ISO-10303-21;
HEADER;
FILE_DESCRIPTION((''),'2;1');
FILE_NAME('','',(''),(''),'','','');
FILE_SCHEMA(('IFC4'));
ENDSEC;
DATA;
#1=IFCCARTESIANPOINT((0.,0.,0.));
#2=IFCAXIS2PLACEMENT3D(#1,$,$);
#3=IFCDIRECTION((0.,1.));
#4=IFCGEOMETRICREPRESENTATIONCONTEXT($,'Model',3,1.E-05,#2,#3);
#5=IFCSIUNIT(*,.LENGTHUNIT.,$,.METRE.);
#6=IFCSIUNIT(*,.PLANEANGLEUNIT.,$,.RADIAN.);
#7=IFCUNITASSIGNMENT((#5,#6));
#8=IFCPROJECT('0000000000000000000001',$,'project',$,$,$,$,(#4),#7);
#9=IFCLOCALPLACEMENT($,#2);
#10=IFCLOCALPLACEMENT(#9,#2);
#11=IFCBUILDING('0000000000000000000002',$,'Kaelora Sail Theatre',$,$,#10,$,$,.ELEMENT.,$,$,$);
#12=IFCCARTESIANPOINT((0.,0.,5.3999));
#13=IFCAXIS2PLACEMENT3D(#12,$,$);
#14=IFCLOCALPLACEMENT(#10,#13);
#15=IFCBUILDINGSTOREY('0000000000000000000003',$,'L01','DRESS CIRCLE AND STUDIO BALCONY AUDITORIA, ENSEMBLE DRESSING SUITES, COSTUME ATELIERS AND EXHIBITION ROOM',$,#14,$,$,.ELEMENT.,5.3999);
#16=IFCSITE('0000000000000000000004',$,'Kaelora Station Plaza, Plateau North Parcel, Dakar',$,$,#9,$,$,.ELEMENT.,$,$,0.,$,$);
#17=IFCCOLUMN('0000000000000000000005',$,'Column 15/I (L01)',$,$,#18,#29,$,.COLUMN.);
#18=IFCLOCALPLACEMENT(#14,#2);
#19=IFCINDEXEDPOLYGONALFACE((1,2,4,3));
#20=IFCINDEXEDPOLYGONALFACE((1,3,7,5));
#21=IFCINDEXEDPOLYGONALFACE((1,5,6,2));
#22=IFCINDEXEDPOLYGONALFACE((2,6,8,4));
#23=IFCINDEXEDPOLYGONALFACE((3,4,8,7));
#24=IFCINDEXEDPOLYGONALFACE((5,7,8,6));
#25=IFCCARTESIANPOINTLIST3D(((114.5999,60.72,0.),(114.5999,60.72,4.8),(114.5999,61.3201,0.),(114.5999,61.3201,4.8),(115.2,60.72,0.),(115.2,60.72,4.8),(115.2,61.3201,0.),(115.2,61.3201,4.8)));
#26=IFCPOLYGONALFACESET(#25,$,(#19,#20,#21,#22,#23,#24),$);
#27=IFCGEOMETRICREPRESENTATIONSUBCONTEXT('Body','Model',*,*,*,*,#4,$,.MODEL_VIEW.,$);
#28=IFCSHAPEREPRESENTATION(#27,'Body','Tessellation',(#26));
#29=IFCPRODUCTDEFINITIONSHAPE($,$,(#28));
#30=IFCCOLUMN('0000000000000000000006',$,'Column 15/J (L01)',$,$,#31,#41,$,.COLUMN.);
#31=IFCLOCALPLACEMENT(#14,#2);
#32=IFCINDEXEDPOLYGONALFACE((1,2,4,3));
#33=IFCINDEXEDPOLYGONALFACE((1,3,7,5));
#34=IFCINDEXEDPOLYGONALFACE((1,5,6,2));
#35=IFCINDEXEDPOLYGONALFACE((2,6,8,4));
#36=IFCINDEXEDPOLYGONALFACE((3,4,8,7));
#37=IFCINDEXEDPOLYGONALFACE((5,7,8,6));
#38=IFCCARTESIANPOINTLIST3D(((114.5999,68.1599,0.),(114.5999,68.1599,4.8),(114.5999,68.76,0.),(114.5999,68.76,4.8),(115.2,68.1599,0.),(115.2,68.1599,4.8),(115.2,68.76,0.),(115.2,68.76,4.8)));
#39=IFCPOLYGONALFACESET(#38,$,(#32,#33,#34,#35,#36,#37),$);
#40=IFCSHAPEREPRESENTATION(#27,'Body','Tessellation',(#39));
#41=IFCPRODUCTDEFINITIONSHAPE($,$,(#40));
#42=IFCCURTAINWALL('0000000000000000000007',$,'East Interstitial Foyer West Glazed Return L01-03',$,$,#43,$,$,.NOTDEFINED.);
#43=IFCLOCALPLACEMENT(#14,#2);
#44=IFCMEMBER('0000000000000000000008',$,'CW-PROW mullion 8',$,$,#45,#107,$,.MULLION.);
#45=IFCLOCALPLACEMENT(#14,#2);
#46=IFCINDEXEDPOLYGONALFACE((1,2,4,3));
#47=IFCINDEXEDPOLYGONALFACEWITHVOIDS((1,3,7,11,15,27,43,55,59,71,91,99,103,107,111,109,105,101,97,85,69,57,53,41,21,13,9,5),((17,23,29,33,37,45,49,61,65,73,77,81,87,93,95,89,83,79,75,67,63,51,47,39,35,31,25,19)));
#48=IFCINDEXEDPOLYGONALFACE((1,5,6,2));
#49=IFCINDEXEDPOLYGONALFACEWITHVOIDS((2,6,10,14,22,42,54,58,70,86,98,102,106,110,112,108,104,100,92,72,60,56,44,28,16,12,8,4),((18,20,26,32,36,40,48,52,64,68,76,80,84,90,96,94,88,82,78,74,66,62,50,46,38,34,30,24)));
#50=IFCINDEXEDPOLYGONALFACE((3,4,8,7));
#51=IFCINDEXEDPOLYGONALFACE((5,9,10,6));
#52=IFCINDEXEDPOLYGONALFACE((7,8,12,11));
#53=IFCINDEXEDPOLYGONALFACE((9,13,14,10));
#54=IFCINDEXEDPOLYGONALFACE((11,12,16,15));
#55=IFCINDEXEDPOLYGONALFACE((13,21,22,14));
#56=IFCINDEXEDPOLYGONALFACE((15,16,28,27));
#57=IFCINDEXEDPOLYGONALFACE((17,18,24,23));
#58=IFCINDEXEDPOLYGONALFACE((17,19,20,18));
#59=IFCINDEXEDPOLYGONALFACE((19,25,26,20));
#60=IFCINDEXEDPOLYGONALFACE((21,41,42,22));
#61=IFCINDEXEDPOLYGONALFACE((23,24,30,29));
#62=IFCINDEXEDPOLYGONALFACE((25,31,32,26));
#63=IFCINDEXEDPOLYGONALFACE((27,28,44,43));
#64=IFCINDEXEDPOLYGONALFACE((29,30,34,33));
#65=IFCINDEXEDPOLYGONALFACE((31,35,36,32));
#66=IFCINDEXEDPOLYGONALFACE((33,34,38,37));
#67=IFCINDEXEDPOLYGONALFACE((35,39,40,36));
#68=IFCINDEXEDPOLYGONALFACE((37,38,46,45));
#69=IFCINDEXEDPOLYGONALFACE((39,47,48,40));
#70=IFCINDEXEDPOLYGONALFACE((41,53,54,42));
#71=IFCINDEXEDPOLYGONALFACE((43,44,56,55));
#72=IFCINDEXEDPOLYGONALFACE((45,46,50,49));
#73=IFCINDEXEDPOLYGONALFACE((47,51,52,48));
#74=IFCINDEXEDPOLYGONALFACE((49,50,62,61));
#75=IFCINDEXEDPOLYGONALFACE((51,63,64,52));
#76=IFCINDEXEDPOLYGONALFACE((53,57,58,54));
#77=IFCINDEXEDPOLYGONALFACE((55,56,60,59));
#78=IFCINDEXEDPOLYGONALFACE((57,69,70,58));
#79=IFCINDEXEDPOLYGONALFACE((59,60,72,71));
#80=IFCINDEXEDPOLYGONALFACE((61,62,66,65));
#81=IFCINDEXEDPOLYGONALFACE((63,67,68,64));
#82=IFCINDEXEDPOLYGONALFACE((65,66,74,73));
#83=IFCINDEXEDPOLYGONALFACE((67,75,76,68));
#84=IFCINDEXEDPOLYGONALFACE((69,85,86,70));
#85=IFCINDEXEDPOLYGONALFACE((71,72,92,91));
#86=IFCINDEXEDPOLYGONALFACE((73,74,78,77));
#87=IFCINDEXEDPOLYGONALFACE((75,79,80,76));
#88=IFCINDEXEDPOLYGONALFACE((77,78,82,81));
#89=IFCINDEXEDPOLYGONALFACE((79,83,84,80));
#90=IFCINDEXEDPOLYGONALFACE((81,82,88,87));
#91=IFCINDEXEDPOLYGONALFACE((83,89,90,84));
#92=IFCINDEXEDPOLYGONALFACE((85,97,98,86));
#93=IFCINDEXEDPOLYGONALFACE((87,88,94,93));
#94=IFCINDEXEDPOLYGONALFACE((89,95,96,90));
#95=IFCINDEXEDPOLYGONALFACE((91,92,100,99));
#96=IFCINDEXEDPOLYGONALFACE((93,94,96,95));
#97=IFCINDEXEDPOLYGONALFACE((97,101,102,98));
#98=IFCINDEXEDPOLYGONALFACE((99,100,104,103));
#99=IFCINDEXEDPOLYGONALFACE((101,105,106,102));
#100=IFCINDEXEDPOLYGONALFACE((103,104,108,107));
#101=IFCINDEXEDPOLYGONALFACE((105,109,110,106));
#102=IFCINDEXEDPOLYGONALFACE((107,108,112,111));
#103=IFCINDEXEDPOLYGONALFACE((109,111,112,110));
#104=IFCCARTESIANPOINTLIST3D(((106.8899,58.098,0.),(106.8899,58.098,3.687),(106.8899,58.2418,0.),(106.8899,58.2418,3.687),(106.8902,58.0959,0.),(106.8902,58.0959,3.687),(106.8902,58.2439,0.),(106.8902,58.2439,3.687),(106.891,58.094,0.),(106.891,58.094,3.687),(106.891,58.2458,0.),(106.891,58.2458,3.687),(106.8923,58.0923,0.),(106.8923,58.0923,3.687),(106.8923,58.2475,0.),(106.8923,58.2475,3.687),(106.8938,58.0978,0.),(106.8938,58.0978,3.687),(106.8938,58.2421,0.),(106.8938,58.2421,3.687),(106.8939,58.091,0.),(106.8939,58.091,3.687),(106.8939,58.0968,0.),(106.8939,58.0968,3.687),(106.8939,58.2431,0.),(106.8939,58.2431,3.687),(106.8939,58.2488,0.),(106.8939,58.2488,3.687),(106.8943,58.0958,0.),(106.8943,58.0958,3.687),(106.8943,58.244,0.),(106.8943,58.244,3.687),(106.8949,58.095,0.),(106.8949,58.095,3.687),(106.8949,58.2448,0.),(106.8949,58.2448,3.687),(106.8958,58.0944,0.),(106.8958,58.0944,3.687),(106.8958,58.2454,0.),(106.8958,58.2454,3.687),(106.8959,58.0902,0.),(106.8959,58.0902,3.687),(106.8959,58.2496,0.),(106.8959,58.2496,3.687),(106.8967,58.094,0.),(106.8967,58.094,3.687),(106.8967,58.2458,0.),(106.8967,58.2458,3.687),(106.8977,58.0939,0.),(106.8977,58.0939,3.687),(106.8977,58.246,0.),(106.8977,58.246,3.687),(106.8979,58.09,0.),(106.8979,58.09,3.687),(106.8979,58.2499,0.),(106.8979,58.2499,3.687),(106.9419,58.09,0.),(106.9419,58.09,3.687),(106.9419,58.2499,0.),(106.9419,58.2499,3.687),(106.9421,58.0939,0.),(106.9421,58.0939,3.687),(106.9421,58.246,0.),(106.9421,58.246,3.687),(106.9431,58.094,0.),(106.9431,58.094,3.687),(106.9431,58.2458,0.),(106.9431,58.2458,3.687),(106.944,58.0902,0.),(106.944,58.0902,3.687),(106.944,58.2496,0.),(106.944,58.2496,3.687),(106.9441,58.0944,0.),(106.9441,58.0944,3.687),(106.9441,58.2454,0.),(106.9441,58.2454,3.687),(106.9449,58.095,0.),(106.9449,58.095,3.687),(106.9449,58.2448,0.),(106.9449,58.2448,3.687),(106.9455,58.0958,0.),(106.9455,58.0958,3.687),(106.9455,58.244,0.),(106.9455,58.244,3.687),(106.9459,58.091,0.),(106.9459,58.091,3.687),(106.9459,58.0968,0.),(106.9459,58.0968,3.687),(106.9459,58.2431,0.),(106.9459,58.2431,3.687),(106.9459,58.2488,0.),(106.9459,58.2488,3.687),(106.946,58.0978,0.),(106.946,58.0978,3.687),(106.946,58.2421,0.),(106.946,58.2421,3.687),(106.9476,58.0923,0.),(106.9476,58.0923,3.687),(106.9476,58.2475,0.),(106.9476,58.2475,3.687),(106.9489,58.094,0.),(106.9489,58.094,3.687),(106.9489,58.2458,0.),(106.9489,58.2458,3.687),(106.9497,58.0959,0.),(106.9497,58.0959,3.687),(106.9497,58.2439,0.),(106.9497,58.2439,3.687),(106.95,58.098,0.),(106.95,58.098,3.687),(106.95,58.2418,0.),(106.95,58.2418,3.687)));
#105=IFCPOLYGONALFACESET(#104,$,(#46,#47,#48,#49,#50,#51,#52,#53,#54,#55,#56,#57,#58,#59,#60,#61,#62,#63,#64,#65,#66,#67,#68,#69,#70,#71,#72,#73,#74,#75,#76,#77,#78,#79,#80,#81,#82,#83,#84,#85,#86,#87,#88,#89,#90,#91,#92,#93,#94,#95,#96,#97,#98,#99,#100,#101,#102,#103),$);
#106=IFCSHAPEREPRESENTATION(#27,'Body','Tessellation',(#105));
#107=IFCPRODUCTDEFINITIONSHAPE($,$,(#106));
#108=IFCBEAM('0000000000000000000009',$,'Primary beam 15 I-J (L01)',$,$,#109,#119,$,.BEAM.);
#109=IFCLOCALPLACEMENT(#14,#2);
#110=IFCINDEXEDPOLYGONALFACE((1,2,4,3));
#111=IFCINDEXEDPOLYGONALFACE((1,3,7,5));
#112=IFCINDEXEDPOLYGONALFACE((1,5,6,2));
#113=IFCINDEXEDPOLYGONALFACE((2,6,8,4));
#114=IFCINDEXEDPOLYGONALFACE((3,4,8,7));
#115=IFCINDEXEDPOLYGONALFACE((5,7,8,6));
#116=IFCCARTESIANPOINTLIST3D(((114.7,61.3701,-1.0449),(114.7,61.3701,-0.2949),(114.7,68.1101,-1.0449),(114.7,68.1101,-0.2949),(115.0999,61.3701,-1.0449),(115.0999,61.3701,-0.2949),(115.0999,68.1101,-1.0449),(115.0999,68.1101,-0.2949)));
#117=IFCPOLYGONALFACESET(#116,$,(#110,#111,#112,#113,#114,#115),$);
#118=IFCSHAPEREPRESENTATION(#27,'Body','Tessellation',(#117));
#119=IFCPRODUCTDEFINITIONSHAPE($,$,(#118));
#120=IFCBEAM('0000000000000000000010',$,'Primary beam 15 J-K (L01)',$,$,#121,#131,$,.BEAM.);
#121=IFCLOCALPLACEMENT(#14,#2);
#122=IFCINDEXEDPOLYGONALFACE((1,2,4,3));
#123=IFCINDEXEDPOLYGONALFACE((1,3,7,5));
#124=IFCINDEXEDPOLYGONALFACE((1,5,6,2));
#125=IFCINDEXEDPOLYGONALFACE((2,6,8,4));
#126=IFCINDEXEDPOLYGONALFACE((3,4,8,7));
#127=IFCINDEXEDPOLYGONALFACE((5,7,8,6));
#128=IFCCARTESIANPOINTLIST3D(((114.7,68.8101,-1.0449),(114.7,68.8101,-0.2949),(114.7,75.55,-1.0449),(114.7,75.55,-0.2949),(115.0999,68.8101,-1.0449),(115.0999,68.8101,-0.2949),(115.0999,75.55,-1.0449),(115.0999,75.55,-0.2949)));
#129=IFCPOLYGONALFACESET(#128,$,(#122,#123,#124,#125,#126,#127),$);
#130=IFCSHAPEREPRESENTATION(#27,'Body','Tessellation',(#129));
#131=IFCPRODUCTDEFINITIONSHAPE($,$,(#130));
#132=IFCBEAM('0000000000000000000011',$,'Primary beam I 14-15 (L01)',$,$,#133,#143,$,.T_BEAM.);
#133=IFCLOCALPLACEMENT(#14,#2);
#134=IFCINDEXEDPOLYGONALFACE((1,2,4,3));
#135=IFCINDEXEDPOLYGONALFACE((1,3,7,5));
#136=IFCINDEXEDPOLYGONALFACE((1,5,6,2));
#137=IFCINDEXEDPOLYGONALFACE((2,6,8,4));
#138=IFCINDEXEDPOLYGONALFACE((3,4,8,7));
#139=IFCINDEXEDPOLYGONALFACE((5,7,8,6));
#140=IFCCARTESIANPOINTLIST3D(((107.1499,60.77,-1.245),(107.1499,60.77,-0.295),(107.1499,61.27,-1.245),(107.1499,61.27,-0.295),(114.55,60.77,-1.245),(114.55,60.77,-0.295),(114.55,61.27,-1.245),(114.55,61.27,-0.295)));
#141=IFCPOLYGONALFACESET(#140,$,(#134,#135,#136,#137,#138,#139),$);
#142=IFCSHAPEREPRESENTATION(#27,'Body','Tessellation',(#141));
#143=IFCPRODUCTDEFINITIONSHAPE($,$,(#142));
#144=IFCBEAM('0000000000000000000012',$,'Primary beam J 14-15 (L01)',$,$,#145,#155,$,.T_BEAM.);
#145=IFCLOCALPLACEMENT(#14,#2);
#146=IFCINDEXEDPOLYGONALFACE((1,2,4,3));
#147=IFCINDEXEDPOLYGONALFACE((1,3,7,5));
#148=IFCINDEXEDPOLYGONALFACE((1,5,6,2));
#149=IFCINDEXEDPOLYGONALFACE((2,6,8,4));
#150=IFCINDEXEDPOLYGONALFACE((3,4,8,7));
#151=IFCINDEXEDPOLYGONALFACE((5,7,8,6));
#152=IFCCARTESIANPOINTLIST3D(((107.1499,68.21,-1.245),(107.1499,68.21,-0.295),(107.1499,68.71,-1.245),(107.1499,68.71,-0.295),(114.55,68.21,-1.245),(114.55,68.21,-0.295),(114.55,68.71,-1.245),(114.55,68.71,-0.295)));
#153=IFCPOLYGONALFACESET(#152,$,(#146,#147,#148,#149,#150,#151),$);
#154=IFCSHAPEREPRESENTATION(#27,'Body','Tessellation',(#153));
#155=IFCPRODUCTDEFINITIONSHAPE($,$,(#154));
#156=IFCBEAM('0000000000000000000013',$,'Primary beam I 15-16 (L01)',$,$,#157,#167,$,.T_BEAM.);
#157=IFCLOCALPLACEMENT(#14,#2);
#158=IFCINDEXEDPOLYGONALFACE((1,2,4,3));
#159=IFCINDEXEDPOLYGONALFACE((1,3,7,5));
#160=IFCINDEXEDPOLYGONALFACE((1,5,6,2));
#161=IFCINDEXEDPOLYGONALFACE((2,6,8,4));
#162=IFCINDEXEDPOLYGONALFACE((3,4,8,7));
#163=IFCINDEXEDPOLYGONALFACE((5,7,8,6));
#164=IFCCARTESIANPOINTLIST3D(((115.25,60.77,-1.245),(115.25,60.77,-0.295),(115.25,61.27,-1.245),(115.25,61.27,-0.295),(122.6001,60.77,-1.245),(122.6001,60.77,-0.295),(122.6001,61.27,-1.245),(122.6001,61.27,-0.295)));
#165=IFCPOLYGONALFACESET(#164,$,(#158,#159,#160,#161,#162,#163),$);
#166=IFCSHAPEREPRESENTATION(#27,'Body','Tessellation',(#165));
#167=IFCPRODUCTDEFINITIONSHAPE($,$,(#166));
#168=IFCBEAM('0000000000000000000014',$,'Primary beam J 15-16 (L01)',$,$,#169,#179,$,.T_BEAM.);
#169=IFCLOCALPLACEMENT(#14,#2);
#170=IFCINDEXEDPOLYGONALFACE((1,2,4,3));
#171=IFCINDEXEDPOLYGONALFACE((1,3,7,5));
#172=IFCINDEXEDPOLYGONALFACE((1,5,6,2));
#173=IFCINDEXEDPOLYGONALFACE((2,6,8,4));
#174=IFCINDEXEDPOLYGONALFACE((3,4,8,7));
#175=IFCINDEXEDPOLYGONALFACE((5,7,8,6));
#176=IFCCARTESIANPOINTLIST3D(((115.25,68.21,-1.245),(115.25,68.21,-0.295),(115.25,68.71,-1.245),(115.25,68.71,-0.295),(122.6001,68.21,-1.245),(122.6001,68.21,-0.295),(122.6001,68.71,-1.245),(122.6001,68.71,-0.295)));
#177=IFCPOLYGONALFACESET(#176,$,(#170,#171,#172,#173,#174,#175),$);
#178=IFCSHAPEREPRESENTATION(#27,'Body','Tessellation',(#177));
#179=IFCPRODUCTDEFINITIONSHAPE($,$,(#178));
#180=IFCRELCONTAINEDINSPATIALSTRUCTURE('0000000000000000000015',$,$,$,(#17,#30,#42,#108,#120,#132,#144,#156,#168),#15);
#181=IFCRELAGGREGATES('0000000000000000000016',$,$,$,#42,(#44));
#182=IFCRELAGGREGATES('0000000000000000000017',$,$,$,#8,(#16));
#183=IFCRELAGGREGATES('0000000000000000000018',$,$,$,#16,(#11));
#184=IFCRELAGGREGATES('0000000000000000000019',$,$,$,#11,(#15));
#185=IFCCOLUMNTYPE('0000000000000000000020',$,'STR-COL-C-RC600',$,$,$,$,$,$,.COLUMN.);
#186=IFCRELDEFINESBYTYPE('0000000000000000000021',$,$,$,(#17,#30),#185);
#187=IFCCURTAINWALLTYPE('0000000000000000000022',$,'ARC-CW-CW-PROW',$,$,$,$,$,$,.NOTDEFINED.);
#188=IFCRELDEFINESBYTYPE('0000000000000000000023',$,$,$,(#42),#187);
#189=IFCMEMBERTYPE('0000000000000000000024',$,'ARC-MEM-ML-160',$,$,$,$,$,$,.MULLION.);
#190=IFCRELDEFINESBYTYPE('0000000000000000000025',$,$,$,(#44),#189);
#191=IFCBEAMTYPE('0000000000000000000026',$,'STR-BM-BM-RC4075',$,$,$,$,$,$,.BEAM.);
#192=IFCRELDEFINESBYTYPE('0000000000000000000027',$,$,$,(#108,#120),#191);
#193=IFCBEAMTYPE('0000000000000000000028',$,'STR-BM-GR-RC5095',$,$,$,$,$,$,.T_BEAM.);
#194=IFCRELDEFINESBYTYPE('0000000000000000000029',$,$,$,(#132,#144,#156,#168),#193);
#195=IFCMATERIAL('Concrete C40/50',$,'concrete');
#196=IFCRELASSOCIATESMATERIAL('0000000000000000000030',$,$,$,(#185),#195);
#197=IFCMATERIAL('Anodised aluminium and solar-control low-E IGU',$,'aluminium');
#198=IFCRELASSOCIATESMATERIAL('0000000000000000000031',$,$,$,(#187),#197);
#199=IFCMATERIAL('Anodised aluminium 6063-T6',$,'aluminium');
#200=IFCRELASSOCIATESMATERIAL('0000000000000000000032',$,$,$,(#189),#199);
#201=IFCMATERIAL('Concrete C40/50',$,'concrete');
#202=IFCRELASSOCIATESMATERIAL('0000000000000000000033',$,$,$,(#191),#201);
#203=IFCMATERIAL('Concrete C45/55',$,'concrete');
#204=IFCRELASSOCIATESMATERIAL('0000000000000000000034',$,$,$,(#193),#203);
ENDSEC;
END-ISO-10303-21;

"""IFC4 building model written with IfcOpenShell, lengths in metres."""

from ifc_helpers import new_model, si_unit, direction, frame, origin, origin_2d, place, context, subcontext, project, spatial, rectangle, hollow_rectangle, extrude, material, material_profile, profile_set, type_object, element, aggregate, save


model = new_model("IFC4")

# Units and contexts
model_context = context("Model", 3, precision=1e-05, world=origin(), true_north=direction((0.0, 1.0)))
body_context = subcontext(model_context, "Body", "Model", "MODEL_VIEW")
ifc_project = project(units=[si_unit("LENGTHUNIT", "METRE"), si_unit("PLANEANGLEUNIT", "RADIAN")], contexts=[model_context])

# Site, building, storey
site_placement = place(None, origin())
site = spatial("IfcSite", under=ifc_project, at=site_placement, Name="Kaelora Station Plaza, Plateau North Parcel, Dakar", CompositionType="ELEMENT", RefElevation=0.0)
building_placement = place(site_placement, origin())
building = spatial("IfcBuilding", under=site, at=building_placement, Name="Kaelora Sail Theatre", CompositionType="ELEMENT")
storey_placement = place(building_placement, frame((0.0, 0.0, 5.3999)))
storey = spatial("IfcBuildingStorey", under=building, at=storey_placement, Name="L01", Description="DRESS CIRCLE AND STUDIO BALCONY AUDITORIA, ENSEMBLE DRESSING SUITES, COSTUME ATELIERS AND EXHIBITION ROOM", CompositionType="ELEMENT", Elevation=5.3999)

# Columns
ifc_material_1 = material(Name="Concrete C40/50", Category="concrete")
ifc_material_profile_1 = material_profile(ifc_material_1, rectangle(XDim=0.6001, YDim=0.6001, at=origin_2d()), Name="RC-COL 600x600")
ifc_profile_set_1 = profile_set([ifc_material_profile_1], Name="Concrete C40/50")
column_type = type_object("IfcColumnType", Name="STR-COL-C-RC600", PredefinedType="COLUMN", material=ifc_profile_set_1)
for number, where, z_axis, x_axis, name in (
    (1, (114.8999, 61.02, 0.0), (0.0, 0.0, 1.0), (1.0, 0.0, 0.0), "Column 15/I (L01)"),
    (2, (114.8999, 68.46, 0.0), (0.0, 0.0, 1.0), (1.0, 0.0, 0.0), "Column 15/J (L01)"),
):
    element("IfcColumn", number, at=place(storey_placement, frame(where, z_axis=z_axis, x_axis=x_axis)), inside=storey, type_object=column_type, Name=name, PredefinedType="COLUMN", context=body_context, shape_type="SweptSolid", body=[
        extrude(rectangle(XDim=0.6001, YDim=0.6001, at=origin_2d()), origin(), (0.0, 0.0, 1.0), 4.8),
    ])

# Curtain wall, member
ifc_material_2 = material(Name="Anodised aluminium and solar-control low-E IGU", Category="aluminium")
curtain_wall_type = type_object("IfcCurtainWallType", Name="ARC-CW-CW-PROW", PredefinedType="NOTDEFINED", material=ifc_material_2)
curtain_wall_placement = place(storey_placement, origin())
curtain_wall = element("IfcCurtainWall", 3, at=curtain_wall_placement, inside=storey, type_object=curtain_wall_type, Name="East Interstitial Foyer West Glazed Return L01-03", PredefinedType="NOTDEFINED")
ifc_material_3 = material(Name="Anodised aluminium 6063-T6", Category="aluminium")
ifc_material_profile_2 = material_profile(ifc_material_3, hollow_rectangle(XDim=0.0601, YDim=0.1599, WallThickness=0.0039, InnerFilletRadius=0.0039, OuterFilletRadius=0.0081, at=origin_2d()), Name="ALU-MULL 60x160x4")
ifc_profile_set_2 = profile_set([ifc_material_profile_2], Name="Anodised aluminium 6063-T6")
member_type = type_object("IfcMemberType", Name="ARC-MEM-ML-160", PredefinedType="MULLION", material=ifc_profile_set_2)
member_placement = place(storey_placement, frame((106.9199, 58.1699, 0.0), z_axis=(0.0, 0.0, 1.0), x_axis=(-1.0, 0.0, 0.0)))
member = element("IfcMember", 4, at=member_placement, type_object=member_type, Name="CW-PROW mullion 8", PredefinedType="MULLION", context=body_context, shape_type="SweptSolid", body=[
    extrude(hollow_rectangle(XDim=0.0601, YDim=0.1599, WallThickness=0.0039, InnerFilletRadius=0.0039, OuterFilletRadius=0.0081, at=origin_2d()), origin(), (0.0, 0.0, 1.0), 3.687),
])

# Beams
ifc_material_4 = material(Name="Concrete C40/50", Category="concrete")
ifc_material_profile_3 = material_profile(ifc_material_4, rectangle(XDim=0.3999, YDim=0.75, at=origin_2d()), Name="RC-BM 400x750")
ifc_profile_set_3 = profile_set([ifc_material_profile_3], Name="Concrete C40/50")
beam_type_1 = type_object("IfcBeamType", Name="STR-BM-BM-RC4075", PredefinedType="BEAM", material=ifc_profile_set_3)
for number, where, z_axis, x_axis, name in (
    (5, (114.8999, 61.3701, -0.6699), (0.0, 1.0, 0.0), (-1.0, 0.0, 0.0), "Primary beam 15 I-J (L01)"),
    (6, (114.8999, 68.8101, -0.6699), (0.0, 1.0, 0.0), (-1.0, 0.0, 0.0), "Primary beam 15 J-K (L01)"),
):
    element("IfcBeam", number, at=place(storey_placement, frame(where, z_axis=z_axis, x_axis=x_axis)), inside=storey, type_object=beam_type_1, Name=name, PredefinedType="BEAM", context=body_context, shape_type="SweptSolid", body=[
        extrude(rectangle(XDim=0.3999, YDim=0.75, at=origin_2d()), origin(), (0.0, 0.0, 1.0), 6.74),
    ])
ifc_material_5 = material(Name="Concrete C45/55", Category="concrete")
ifc_material_profile_4 = material_profile(ifc_material_5, rectangle(XDim=0.5, YDim=0.95, at=origin_2d()), Name="RC-GRD 500x950")
ifc_profile_set_4 = profile_set([ifc_material_profile_4], Name="Concrete C45/55")
beam_type_2 = type_object("IfcBeamType", Name="STR-BM-GR-RC5095", PredefinedType="T_BEAM", material=ifc_profile_set_4)
for number, where, z_axis, x_axis, name in (
    (7, (107.1499, 61.02, -0.77), (1.0, 0.0, 0.0), (0.0, 1.0, 0.0), "Primary beam I 14-15 (L01)"),
    (8, (107.1499, 68.46, -0.77), (1.0, 0.0, 0.0), (0.0, 1.0, 0.0), "Primary beam J 14-15 (L01)"),
):
    element("IfcBeam", number, at=place(storey_placement, frame(where, z_axis=z_axis, x_axis=x_axis)), inside=storey, type_object=beam_type_2, Name=name, PredefinedType="T_BEAM", context=body_context, shape_type="SweptSolid", body=[
        extrude(rectangle(XDim=0.5, YDim=0.95, at=origin_2d()), origin(), (0.0, 0.0, 1.0), 7.4001),
    ])
for number, where, z_axis, x_axis, name in (
    (9, (115.25, 61.02, -0.77), (1.0, 0.0, 0.0), (0.0, 1.0, 0.0), "Primary beam I 15-16 (L01)"),
    (10, (115.25, 68.46, -0.77), (1.0, 0.0, 0.0), (0.0, 1.0, 0.0), "Primary beam J 15-16 (L01)"),
):
    element("IfcBeam", number, at=place(storey_placement, frame(where, z_axis=z_axis, x_axis=x_axis)), inside=storey, type_object=beam_type_2, Name=name, PredefinedType="T_BEAM", context=body_context, shape_type="SweptSolid", body=[
        extrude(rectangle(XDim=0.5, YDim=0.95, at=origin_2d()), origin(), (0.0, 0.0, 1.0), 7.3501),
    ])

aggregate(curtain_wall, [member])

save(model, "model.ifc")
